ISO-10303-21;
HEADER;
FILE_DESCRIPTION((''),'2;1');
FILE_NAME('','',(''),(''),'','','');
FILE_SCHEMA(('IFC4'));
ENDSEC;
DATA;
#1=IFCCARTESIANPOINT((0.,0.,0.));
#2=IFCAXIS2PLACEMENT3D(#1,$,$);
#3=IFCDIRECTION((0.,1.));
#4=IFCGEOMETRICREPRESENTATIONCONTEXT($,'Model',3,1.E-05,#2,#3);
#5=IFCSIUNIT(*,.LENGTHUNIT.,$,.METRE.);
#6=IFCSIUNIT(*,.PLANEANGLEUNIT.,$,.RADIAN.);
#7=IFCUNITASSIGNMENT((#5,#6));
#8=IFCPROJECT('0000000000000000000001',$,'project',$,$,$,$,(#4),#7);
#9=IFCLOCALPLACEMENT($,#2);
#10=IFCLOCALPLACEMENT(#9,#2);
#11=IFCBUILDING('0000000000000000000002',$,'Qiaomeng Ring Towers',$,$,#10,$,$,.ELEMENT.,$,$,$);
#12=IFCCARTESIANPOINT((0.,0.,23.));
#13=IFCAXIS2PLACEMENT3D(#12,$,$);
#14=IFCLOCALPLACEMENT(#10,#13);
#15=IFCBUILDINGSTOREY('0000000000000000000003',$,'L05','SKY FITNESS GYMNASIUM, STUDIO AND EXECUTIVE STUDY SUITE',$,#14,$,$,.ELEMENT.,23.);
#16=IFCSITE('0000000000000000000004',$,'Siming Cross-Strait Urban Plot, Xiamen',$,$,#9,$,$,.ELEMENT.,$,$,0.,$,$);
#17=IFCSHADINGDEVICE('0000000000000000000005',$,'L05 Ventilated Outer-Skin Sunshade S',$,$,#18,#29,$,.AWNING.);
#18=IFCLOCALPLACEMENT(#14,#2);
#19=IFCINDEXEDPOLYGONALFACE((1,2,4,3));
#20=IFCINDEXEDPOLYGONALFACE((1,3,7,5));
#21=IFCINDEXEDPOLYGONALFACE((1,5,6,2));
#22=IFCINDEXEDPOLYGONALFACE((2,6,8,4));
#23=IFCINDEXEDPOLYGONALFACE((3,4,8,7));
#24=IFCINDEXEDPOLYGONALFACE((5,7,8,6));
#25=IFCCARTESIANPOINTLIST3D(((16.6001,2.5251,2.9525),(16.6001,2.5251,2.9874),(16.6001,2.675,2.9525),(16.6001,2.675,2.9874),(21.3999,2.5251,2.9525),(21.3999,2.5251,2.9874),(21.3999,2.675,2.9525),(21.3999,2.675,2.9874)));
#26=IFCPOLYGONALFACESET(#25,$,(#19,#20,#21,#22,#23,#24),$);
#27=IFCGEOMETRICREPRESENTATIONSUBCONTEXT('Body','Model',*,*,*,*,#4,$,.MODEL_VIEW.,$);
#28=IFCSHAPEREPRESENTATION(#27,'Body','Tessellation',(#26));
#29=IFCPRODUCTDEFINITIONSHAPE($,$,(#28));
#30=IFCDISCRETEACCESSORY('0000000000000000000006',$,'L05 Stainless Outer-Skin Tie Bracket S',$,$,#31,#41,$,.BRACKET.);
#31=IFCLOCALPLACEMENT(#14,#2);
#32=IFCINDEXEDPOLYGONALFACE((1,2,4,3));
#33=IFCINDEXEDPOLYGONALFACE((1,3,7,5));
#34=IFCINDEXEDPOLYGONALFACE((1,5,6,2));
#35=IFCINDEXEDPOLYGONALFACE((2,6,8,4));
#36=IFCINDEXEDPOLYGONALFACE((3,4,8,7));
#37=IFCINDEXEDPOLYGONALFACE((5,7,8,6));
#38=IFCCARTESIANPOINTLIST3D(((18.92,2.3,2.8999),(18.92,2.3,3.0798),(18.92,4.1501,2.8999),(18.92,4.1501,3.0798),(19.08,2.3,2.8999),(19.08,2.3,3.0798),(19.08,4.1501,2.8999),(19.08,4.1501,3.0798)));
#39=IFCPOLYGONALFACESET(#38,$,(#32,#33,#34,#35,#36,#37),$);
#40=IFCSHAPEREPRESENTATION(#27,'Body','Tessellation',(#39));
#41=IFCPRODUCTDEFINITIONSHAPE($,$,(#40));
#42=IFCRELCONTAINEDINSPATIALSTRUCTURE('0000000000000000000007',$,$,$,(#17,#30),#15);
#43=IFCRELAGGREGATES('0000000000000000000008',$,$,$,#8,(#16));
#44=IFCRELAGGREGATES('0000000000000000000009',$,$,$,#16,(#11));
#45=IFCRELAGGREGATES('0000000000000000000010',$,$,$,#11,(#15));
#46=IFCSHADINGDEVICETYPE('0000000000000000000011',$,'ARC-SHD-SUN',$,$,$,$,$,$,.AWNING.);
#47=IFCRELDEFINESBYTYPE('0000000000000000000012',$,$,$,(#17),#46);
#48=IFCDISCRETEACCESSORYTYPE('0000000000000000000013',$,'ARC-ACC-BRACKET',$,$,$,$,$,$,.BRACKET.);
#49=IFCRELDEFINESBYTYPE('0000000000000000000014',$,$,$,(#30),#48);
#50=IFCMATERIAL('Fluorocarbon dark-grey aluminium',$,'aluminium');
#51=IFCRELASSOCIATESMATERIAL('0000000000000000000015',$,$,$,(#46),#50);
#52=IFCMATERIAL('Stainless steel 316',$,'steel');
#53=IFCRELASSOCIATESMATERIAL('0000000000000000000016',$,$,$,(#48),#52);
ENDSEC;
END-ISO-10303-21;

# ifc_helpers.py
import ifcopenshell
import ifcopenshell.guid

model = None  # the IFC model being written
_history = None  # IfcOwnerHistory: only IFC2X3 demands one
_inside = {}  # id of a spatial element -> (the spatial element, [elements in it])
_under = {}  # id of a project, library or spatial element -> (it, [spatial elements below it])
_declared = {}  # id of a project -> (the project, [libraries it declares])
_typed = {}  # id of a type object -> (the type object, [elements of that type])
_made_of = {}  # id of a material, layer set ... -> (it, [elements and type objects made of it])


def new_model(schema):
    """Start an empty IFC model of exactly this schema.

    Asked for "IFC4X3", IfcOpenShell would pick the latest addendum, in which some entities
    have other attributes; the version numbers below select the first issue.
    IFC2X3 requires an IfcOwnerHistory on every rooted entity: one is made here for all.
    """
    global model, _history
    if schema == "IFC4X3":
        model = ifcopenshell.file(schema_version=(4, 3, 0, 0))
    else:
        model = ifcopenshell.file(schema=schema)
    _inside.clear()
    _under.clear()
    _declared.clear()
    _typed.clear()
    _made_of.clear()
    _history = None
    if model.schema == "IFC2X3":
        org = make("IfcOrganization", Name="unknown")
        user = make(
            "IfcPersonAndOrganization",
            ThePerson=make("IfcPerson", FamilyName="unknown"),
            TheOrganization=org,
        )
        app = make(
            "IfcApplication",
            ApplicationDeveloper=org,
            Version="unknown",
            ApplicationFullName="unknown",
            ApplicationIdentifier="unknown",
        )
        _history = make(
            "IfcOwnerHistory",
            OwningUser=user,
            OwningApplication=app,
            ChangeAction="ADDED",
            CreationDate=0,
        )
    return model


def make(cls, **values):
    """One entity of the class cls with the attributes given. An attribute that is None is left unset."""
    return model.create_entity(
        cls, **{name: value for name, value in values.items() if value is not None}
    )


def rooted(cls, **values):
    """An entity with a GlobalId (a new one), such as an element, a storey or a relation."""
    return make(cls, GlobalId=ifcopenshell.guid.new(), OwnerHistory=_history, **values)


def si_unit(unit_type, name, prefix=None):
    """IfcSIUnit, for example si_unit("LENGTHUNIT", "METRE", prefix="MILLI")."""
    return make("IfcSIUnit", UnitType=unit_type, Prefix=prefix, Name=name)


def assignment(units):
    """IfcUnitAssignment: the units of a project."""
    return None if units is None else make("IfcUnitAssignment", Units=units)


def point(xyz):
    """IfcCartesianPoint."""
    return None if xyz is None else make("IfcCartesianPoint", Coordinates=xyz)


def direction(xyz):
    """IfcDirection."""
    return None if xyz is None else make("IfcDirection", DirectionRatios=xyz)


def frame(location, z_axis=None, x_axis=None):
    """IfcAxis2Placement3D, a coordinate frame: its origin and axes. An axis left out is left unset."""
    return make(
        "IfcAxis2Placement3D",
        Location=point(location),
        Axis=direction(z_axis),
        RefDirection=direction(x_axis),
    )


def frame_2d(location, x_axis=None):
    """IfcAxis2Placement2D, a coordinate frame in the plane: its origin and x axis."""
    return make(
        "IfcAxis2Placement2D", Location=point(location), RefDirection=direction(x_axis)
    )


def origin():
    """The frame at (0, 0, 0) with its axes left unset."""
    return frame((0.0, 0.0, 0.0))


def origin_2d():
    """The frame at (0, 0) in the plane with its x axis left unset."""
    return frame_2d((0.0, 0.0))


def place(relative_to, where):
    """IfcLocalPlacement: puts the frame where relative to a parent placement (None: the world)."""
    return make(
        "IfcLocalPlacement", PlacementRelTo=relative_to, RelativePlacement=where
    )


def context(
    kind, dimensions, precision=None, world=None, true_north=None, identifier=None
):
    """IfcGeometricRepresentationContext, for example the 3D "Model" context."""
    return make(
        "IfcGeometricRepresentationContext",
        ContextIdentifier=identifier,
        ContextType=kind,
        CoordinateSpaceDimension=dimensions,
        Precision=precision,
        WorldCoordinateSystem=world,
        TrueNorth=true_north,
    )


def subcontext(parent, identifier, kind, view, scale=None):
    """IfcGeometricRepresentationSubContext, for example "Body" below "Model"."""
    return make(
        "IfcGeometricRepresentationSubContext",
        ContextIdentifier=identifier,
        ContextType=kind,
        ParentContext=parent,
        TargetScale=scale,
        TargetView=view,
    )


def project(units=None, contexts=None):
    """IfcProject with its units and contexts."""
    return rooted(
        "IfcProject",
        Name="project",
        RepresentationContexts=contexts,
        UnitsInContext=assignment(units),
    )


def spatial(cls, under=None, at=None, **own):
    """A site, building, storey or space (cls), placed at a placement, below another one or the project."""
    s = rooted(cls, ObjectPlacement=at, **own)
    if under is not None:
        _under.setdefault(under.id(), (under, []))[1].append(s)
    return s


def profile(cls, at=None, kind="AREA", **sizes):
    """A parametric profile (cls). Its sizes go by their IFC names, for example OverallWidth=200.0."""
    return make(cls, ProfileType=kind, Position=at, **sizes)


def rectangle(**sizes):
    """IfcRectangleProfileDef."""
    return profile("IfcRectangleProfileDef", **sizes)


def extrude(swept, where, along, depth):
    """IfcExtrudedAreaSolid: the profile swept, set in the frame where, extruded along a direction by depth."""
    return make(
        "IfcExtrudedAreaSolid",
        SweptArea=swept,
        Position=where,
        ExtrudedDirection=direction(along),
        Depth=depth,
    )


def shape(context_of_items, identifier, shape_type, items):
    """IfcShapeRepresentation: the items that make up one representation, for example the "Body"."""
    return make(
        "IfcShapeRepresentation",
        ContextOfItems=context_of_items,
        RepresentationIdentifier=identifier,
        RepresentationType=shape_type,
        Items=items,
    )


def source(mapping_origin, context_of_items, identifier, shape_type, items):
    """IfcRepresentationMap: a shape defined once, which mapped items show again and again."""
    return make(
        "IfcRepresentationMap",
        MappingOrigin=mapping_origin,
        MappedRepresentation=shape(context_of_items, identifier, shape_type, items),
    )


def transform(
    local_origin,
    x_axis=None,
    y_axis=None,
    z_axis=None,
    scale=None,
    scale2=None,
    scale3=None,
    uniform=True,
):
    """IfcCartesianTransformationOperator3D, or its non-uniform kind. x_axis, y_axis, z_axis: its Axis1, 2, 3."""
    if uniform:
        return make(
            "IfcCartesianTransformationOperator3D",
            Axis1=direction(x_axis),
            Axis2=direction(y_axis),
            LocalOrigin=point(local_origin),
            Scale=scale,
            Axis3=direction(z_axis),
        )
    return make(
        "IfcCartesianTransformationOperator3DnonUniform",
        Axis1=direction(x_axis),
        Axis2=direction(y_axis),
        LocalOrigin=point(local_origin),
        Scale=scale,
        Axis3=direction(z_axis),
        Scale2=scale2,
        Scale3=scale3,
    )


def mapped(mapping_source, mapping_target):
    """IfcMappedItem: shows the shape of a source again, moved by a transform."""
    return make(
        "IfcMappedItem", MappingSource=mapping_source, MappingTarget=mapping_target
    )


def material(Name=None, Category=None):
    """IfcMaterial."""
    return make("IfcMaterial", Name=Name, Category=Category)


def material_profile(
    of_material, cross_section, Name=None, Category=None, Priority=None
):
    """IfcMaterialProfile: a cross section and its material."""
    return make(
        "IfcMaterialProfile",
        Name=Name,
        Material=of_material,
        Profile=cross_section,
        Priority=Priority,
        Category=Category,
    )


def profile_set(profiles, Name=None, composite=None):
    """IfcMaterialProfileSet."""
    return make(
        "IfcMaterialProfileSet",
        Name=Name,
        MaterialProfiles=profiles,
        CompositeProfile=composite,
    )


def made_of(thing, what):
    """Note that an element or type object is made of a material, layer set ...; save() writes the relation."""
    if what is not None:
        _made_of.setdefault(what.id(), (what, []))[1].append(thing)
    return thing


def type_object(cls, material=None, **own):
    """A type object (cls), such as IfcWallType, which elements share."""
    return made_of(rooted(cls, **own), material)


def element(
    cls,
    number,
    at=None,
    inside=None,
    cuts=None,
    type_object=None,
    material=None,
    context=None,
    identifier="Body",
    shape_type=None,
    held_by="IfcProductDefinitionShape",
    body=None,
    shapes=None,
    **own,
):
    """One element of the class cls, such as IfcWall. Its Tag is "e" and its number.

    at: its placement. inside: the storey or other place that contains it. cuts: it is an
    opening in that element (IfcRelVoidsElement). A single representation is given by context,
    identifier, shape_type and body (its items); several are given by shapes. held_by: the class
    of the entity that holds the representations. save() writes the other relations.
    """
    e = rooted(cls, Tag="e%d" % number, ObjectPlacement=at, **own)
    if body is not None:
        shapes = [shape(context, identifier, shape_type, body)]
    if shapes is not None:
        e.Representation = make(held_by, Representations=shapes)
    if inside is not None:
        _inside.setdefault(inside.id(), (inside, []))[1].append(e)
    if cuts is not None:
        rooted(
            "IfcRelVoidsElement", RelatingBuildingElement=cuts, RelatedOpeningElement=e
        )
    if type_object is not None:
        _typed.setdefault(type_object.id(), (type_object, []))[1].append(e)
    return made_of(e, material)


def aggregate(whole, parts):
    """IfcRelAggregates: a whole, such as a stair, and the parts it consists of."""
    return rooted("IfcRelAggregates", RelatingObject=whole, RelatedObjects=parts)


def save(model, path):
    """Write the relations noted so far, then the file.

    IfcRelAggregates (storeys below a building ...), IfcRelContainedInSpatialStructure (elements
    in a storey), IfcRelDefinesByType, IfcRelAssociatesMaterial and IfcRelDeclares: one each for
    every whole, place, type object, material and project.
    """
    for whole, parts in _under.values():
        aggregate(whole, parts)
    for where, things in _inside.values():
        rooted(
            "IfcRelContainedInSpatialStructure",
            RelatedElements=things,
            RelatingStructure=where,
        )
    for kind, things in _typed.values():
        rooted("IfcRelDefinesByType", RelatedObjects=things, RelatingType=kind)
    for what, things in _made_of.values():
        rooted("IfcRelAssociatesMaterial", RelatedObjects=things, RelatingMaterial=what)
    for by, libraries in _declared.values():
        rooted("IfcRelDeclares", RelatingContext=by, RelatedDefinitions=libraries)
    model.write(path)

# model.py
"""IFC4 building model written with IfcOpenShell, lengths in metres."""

from ifc_helpers import new_model, si_unit, direction, frame, origin, origin_2d, place, context, subcontext, project, spatial, rectangle, extrude, source, transform, mapped, material, material_profile, profile_set, type_object, element, save


model = new_model("IFC4")

# Units and contexts
model_context = context("Model", 3, precision=1e-05, world=origin(), true_north=direction((0.0, 1.0)))
body_context = subcontext(model_context, "Body", "Model", "MODEL_VIEW")
ifc_project = project(units=[si_unit("LENGTHUNIT", "METRE"), si_unit("PLANEANGLEUNIT", "RADIAN")], contexts=[model_context])

# Site, building, storey
site_placement = place(None, origin())
site = spatial("IfcSite", under=ifc_project, at=site_placement, Name="Siming Cross-Strait Urban Plot, Xiamen", CompositionType="ELEMENT", RefElevation=0.0)
building_placement = place(site_placement, origin())
building = spatial("IfcBuilding", under=site, at=building_placement, Name="Qiaomeng Ring Towers", CompositionType="ELEMENT")
storey_placement = place(building_placement, frame((0.0, 0.0, 23.0)))
storey = spatial("IfcBuildingStorey", under=building, at=storey_placement, Name="L05", Description="SKY FITNESS GYMNASIUM, STUDIO AND EXECUTIVE STUDY SUITE", CompositionType="ELEMENT", Elevation=23.0)

# Shared definitions
ifc_material_1 = material(Name="Fluorocarbon dark-grey aluminium", Category="aluminium")

# Shared definitions
ifc_material_2 = material(Name="Stainless steel 316", Category="steel")

# Shading device
ifc_material_profile_1 = material_profile(ifc_material_1, rectangle(XDim=0.1499, YDim=0.0349, at=origin_2d()), Name="LV BLADE 150x35")
ifc_profile_set_1 = profile_set([ifc_material_profile_1], Name="Fluorocarbon dark-grey aluminium")
shading_device_type = type_object("IfcShadingDeviceType", Name="ARC-SHD-SUN", PredefinedType="AWNING", material=ifc_profile_set_1)
shared_shape_1 = source(origin(), body_context, "Body", "SweptSolid", [
    extrude(rectangle(XDim=0.1499, YDim=0.0349, at=origin_2d()), origin(), (0.0, 0.0, 1.0), 4.7998),
])
shading_device_placement = place(storey_placement, frame((16.6001, 2.6001, 2.97), z_axis=(1.0, 0.0, 0.0), x_axis=(0.0, 1.0, 0.0)))
element("IfcShadingDevice", 1, at=shading_device_placement, inside=storey, type_object=shading_device_type, Name="L05 Ventilated Outer-Skin Sunshade S", PredefinedType="AWNING", context=body_context, shape_type="MappedRepresentation", body=[
    mapped(shared_shape_1, transform((0.0, 0.0, 0.0), x_axis=(1.0, 0.0, 0.0), y_axis=(0.0, 1.0, 0.0), z_axis=(0.0, 0.0, 1.0), scale=1.0)),
])

# Discrete accessory
discrete_accessory_type = type_object("IfcDiscreteAccessoryType", Name="ARC-ACC-BRACKET", PredefinedType="BRACKET", material=ifc_material_2)
shared_shape_2 = source(origin(), body_context, "Body", "SweptSolid", [
    extrude(rectangle(XDim=0.1599, YDim=1.8501, at=origin_2d()), origin(), (0.0, 0.0, 1.0), 0.1799),
])
discrete_accessory_placement = place(storey_placement, frame((19.0, 3.2251, 2.8999), z_axis=(0.0, 0.0, 1.0), x_axis=(1.0, 0.0, 0.0)))
element("IfcDiscreteAccessory", 2, at=discrete_accessory_placement, inside=storey, type_object=discrete_accessory_type, Name="L05 Stainless Outer-Skin Tie Bracket S", PredefinedType="BRACKET", context=body_context, shape_type="MappedRepresentation", body=[
    mapped(shared_shape_2, transform((0.0, 0.0, 0.0), x_axis=(1.0, 0.0, 0.0), y_axis=(0.0, 1.0, 0.0), z_axis=(0.0, 0.0, 1.0), scale=1.0)),
])

save(model, "model.ifc")
